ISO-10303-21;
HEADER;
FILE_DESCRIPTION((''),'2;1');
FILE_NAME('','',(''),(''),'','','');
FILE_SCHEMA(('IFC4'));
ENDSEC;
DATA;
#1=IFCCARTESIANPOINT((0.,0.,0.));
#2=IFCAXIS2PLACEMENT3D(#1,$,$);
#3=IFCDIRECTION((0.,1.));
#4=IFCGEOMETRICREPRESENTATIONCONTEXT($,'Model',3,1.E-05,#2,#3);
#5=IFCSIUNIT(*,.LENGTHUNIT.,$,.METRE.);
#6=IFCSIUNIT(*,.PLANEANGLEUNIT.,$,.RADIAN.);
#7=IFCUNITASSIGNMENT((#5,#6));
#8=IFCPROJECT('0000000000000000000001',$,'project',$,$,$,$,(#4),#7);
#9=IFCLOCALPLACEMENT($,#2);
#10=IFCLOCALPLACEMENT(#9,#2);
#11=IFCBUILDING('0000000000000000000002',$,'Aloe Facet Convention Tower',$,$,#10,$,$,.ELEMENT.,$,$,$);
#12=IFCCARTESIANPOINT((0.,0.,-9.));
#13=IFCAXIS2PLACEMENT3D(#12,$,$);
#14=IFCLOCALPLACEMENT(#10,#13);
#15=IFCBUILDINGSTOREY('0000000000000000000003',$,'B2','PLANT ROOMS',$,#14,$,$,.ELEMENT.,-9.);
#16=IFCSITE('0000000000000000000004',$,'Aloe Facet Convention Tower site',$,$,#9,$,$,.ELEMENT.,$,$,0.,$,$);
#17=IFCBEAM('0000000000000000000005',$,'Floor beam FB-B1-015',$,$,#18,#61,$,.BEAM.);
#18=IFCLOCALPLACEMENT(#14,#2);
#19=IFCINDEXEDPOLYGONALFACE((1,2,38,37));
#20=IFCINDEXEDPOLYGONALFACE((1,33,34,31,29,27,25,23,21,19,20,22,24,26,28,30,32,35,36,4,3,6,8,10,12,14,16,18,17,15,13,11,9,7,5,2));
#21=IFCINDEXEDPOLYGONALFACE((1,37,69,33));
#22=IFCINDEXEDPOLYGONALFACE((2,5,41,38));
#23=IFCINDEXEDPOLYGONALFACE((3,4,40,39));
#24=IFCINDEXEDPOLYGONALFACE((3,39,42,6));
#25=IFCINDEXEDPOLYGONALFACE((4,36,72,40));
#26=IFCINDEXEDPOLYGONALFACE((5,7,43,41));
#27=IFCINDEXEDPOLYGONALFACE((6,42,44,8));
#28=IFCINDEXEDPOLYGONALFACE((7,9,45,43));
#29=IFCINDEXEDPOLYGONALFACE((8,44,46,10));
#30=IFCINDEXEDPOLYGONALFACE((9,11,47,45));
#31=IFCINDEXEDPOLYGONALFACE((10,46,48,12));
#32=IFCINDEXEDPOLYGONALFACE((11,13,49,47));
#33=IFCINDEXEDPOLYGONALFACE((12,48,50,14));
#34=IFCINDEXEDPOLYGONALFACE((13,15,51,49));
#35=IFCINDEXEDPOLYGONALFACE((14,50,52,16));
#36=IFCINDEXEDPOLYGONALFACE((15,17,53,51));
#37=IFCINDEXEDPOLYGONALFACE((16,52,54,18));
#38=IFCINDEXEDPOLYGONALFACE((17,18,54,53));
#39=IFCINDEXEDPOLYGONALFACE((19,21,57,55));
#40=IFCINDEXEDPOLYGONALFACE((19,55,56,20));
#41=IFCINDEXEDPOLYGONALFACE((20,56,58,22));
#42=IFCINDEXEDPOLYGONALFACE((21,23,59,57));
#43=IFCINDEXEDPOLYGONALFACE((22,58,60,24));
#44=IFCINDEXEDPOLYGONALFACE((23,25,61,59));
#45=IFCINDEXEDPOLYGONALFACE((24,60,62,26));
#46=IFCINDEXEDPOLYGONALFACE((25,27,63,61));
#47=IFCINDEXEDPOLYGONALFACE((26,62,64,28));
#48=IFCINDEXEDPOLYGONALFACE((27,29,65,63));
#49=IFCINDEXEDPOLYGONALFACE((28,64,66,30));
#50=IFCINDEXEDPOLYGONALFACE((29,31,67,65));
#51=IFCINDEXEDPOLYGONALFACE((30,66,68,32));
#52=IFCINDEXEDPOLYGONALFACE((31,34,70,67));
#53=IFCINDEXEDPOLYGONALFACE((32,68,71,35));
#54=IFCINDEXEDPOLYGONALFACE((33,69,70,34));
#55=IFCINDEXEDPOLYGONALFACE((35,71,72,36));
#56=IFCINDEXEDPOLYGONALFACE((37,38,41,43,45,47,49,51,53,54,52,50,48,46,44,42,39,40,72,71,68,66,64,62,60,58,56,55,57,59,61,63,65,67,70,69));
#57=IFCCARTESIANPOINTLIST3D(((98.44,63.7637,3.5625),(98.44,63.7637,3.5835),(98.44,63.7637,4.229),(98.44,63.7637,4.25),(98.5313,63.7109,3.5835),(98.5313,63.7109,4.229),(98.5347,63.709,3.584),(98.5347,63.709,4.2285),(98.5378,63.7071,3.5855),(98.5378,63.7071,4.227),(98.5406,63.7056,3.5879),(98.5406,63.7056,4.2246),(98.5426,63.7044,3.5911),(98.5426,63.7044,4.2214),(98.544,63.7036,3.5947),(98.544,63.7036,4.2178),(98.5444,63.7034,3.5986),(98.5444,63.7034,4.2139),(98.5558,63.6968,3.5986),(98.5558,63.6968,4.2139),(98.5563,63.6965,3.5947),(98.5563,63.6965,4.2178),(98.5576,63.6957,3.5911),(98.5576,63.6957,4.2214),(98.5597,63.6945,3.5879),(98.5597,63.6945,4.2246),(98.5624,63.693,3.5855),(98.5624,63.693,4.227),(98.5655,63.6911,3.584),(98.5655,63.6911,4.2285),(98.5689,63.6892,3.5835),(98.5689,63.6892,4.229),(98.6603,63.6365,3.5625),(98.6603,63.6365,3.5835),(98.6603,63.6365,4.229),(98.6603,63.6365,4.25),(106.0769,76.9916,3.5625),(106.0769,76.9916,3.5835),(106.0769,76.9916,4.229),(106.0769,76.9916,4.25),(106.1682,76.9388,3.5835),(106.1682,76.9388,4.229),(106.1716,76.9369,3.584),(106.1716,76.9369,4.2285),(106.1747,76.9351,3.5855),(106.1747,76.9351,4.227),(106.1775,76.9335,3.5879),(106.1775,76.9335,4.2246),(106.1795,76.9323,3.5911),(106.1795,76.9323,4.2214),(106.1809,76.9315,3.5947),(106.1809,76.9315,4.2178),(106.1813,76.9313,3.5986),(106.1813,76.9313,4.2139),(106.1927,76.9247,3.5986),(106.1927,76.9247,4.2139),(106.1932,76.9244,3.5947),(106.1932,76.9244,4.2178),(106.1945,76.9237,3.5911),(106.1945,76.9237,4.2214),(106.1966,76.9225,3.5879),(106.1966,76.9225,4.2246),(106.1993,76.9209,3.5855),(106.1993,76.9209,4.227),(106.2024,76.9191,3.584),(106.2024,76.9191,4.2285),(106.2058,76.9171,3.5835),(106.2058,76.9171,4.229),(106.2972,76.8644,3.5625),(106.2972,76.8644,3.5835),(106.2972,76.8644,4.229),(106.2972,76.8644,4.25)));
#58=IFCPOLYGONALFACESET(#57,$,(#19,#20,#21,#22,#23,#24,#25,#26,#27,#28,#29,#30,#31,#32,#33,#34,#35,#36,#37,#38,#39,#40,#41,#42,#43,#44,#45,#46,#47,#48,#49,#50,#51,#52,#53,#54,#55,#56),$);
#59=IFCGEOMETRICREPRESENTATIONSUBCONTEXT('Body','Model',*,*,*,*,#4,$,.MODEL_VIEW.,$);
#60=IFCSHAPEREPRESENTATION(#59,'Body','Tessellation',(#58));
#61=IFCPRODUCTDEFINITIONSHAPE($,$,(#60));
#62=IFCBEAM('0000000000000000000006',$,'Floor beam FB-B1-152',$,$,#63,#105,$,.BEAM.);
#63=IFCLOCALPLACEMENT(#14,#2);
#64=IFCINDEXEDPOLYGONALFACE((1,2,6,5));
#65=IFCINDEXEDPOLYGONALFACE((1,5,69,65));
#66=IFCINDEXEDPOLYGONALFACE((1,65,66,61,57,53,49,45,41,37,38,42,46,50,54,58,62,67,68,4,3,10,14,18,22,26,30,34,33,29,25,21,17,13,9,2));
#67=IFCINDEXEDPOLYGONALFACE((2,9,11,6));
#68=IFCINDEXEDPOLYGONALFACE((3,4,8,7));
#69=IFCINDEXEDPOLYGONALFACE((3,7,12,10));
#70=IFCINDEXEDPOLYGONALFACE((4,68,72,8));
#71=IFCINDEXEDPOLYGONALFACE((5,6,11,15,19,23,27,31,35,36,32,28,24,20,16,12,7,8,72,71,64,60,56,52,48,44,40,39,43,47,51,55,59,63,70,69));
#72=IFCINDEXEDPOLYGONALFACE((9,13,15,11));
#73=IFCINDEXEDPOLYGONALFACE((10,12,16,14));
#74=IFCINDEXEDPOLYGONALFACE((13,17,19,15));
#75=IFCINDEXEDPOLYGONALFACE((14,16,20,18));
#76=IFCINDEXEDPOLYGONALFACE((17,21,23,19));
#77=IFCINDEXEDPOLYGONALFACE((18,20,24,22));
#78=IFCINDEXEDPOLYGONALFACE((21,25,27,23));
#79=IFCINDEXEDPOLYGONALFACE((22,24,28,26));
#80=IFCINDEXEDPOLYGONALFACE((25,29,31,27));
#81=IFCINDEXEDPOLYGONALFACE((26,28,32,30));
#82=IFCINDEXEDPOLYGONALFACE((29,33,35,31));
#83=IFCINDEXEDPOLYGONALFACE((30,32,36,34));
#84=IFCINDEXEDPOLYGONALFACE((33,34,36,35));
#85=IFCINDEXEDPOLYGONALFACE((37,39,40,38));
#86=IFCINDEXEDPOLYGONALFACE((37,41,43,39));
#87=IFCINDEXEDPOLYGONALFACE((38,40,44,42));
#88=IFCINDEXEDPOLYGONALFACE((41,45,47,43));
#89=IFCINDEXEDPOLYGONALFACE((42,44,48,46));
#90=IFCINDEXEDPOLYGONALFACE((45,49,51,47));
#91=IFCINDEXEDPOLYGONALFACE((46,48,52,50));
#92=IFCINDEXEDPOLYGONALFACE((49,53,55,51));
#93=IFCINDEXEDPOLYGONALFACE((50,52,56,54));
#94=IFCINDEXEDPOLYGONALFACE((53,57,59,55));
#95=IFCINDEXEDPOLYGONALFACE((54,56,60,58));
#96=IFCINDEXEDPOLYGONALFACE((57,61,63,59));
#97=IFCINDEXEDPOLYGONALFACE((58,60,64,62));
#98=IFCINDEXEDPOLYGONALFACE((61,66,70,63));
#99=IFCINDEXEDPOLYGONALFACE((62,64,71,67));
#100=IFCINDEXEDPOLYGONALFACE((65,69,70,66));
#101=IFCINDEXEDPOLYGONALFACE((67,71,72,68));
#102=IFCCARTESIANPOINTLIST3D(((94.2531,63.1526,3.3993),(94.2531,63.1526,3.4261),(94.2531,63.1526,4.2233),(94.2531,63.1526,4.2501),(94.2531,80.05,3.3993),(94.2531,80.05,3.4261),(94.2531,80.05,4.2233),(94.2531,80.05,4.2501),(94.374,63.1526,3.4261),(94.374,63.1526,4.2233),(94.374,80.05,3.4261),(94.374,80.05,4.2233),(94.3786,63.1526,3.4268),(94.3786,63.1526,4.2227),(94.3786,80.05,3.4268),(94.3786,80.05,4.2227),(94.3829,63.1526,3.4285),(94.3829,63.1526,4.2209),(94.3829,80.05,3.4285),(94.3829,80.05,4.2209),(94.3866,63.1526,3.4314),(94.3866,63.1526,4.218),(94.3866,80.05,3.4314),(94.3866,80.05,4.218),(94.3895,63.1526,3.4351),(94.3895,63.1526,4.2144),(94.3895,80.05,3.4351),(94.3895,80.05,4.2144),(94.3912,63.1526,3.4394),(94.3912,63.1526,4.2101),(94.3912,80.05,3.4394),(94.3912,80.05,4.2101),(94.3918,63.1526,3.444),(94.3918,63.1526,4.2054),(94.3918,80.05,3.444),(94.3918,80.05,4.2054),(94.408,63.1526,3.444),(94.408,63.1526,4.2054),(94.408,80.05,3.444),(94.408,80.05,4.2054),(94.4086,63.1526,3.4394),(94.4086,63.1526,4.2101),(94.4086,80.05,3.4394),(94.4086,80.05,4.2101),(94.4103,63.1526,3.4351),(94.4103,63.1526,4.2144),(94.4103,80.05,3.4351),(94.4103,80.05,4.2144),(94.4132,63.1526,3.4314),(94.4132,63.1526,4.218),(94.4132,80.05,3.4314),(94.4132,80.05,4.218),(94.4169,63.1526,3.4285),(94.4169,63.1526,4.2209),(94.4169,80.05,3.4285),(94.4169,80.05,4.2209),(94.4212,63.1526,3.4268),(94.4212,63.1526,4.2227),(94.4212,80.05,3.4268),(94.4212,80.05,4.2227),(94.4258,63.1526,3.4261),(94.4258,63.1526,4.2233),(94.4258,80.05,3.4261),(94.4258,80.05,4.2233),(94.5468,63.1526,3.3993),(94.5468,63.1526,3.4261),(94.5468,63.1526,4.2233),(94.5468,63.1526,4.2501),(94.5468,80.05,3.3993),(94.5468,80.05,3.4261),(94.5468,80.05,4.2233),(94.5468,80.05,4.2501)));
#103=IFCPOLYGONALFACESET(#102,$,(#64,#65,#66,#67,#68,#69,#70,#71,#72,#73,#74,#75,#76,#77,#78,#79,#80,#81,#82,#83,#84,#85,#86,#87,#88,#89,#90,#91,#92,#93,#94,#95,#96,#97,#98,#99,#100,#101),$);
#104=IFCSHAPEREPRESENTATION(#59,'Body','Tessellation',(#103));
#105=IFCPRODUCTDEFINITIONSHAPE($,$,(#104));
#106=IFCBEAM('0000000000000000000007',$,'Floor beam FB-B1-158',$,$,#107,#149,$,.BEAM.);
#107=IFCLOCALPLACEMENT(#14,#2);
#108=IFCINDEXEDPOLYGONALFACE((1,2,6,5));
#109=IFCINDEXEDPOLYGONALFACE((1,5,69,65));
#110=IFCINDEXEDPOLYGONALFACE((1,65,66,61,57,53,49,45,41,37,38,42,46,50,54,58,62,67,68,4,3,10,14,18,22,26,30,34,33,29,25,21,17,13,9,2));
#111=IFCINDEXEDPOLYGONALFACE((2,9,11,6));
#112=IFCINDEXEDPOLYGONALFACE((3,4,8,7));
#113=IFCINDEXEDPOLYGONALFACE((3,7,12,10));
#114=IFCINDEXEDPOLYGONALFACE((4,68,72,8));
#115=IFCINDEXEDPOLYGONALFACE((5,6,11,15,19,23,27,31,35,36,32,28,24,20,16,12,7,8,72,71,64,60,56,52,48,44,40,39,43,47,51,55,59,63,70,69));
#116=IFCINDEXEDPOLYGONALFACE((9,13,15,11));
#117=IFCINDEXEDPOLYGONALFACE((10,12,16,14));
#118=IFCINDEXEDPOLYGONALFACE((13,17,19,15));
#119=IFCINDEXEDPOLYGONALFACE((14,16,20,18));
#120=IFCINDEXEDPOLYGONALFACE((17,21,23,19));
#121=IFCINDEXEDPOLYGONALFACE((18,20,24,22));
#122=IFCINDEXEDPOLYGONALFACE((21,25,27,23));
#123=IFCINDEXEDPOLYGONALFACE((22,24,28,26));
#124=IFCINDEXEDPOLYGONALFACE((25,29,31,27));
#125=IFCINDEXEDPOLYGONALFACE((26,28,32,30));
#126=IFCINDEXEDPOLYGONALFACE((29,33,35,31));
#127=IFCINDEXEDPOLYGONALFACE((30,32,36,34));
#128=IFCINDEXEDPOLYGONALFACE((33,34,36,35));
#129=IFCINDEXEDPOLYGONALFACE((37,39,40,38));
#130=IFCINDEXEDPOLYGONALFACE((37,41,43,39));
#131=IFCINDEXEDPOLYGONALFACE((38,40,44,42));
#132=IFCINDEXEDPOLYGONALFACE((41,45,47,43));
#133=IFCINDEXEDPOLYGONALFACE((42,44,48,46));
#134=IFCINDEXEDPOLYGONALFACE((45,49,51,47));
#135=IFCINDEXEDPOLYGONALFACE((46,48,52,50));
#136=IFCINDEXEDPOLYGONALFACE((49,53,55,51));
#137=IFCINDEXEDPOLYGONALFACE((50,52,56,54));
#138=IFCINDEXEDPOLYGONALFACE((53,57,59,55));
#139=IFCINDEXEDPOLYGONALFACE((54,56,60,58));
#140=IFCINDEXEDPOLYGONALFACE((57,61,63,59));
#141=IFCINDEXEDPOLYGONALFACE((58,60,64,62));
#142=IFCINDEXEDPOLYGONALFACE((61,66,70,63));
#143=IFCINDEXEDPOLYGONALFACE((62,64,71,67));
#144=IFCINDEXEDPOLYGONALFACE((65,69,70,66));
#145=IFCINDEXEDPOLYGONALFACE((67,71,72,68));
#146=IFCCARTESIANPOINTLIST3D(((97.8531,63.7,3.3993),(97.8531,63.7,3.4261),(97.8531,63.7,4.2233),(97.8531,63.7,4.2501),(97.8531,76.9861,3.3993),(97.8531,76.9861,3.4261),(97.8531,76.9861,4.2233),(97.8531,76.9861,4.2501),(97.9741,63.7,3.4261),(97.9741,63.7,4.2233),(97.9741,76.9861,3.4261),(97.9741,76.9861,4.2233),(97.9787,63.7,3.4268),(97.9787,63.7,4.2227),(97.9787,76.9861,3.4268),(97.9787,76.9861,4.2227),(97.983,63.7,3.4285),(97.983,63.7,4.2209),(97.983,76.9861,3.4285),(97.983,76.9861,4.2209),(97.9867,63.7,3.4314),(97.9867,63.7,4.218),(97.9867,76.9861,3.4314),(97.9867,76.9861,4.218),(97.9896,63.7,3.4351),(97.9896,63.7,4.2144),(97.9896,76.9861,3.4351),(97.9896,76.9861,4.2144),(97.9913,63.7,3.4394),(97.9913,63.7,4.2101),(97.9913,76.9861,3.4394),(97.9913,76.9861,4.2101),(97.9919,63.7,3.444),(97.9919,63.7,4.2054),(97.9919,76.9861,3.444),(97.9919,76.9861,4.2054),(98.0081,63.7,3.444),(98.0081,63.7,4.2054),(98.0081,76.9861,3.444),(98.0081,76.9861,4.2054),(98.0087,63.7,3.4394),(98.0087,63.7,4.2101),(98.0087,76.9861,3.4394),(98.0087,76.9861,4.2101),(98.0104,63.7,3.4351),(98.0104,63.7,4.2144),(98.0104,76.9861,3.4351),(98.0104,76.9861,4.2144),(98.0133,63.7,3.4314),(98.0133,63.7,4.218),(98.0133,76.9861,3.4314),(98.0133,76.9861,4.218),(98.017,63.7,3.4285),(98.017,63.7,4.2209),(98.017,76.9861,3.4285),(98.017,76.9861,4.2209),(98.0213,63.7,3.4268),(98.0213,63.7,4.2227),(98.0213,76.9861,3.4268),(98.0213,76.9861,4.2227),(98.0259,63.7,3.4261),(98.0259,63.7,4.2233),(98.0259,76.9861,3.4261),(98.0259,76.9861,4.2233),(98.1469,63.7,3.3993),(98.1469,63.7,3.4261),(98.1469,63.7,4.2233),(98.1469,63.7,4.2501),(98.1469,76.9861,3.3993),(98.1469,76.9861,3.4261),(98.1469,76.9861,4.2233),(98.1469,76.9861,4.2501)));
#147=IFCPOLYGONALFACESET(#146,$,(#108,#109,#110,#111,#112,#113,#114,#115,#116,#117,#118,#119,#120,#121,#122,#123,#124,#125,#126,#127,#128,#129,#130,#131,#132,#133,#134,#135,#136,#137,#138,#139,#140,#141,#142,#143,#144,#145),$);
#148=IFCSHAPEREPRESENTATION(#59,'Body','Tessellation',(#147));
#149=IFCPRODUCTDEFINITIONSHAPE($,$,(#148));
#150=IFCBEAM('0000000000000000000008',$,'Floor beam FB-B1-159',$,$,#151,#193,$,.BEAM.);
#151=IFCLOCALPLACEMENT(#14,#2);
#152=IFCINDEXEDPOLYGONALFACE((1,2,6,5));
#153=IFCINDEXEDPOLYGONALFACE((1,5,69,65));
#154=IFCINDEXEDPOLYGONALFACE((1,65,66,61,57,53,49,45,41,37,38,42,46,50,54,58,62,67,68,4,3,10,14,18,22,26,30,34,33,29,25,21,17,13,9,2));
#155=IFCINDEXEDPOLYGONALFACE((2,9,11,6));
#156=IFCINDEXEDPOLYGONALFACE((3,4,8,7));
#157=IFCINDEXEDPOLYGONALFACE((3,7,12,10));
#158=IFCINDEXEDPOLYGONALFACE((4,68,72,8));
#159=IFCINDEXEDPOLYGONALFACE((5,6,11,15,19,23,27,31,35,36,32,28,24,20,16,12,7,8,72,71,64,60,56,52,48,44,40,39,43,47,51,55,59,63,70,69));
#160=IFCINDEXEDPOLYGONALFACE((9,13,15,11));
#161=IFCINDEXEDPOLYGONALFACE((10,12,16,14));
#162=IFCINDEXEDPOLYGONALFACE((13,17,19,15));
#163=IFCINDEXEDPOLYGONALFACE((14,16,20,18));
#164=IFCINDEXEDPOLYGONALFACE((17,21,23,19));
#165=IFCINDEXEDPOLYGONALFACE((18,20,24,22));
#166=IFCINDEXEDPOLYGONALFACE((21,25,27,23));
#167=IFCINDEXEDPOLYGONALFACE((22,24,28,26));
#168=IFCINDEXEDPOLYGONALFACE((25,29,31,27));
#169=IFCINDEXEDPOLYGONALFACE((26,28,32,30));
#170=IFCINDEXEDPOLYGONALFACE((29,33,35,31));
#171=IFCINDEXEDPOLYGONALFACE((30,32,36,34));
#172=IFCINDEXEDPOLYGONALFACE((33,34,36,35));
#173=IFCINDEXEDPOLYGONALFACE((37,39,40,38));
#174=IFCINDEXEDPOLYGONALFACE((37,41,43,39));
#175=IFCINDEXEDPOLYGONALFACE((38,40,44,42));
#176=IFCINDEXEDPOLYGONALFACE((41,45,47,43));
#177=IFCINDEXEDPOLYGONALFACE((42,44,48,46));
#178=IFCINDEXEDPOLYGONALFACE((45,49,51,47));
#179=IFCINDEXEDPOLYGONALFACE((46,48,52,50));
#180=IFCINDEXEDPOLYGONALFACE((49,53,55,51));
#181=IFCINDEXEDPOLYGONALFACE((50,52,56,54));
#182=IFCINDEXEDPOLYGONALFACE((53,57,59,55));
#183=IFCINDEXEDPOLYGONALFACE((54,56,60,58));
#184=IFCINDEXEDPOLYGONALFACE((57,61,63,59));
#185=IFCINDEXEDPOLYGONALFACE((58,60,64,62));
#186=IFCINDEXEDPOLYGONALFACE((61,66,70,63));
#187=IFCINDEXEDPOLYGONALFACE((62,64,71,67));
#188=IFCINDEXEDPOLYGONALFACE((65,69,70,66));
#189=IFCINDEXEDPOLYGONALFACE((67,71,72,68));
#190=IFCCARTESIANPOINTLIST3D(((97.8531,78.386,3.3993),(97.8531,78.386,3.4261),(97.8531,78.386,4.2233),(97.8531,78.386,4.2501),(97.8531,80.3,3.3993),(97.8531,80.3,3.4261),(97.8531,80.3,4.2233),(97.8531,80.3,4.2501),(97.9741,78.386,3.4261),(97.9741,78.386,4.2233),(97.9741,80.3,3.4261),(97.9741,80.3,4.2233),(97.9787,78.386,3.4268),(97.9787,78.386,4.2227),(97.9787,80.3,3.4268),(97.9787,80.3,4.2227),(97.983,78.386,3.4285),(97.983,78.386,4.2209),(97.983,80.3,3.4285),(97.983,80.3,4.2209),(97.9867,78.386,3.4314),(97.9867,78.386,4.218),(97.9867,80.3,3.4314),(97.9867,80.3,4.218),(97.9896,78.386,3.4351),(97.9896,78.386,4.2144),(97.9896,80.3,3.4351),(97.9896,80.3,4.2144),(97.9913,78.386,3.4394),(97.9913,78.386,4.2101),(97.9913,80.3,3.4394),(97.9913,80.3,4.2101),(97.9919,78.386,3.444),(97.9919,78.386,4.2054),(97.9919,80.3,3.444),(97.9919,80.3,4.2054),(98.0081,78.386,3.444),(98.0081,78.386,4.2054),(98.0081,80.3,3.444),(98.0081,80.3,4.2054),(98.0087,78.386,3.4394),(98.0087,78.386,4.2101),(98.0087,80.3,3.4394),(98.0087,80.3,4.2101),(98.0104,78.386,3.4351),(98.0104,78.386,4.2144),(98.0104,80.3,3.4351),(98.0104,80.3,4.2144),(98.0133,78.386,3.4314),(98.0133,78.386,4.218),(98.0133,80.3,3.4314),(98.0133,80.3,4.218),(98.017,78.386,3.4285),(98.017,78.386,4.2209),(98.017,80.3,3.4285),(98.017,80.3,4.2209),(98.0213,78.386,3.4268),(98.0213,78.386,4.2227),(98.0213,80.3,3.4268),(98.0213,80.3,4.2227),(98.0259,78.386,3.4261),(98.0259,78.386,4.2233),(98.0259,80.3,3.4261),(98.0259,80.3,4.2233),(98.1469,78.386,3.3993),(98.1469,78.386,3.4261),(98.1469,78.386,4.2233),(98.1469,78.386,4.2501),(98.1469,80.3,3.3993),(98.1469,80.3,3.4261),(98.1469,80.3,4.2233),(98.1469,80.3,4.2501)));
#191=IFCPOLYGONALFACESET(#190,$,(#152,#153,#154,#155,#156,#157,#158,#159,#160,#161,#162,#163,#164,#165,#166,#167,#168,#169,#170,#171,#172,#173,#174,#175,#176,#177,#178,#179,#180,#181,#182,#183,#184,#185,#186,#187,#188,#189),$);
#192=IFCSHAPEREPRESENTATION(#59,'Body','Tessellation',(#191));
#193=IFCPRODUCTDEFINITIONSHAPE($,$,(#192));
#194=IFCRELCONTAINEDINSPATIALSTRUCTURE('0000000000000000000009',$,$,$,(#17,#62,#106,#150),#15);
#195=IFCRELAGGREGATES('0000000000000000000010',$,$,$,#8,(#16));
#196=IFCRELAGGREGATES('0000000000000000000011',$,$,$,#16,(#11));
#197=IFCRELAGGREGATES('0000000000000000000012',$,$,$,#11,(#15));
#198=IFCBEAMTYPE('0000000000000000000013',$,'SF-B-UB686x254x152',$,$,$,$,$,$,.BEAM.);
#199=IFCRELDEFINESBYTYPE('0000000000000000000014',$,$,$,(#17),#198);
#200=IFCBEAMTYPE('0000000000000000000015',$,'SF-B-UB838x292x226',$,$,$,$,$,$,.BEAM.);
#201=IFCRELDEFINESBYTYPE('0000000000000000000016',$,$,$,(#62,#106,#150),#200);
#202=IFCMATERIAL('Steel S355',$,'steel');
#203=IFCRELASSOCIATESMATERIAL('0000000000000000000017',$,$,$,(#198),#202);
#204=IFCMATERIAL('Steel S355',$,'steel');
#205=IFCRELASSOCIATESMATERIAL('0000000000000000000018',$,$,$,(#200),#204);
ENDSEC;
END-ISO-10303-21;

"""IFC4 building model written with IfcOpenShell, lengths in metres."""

from ifc_helpers import new_model, si_unit, direction, frame, origin, origin_2d, place, context, subcontext, project, spatial, i_section, extrude, material, material_profile, profile_set, type_object, element, save


model = new_model("IFC4")

# Units and contexts
model_context = context("Model", 3, precision=1e-05, world=origin(), true_north=direction((0.0, 1.0)))
body_context = subcontext(model_context, "Body", "Model", "MODEL_VIEW")
ifc_project = project(units=[si_unit("LENGTHUNIT", "METRE"), si_unit("PLANEANGLEUNIT", "RADIAN")], contexts=[model_context])

# Site, building, storey
site_placement = place(None, origin())
site = spatial("IfcSite", under=ifc_project, at=site_placement, Name="Aloe Facet Convention Tower site", CompositionType="ELEMENT", RefElevation=0.0)
building_placement = place(site_placement, origin())
building = spatial("IfcBuilding", under=site, at=building_placement, Name="Aloe Facet Convention Tower", CompositionType="ELEMENT")
storey_placement = place(building_placement, frame((0.0, 0.0, -9.0)))
storey = spatial("IfcBuildingStorey", under=building, at=storey_placement, Name="B2", Description="PLANT ROOMS", CompositionType="ELEMENT", Elevation=-9.0)

# Beams
ifc_material_1 = material(Name="Steel S355", Category="steel")
ifc_material_profile_1 = material_profile(ifc_material_1, i_section(OverallWidth=0.2544, OverallDepth=0.6875, WebThickness=0.0132, FlangeThickness=0.021, FilletRadius=0.0151, at=origin_2d()), Name="UB 686x254x152")
ifc_profile_set_1 = profile_set([ifc_material_profile_1], Name="Steel S355")
beam_type_1 = type_object("IfcBeamType", Name="SF-B-UB686x254x152", PredefinedType="BEAM", material=ifc_profile_set_1)
beam_1_placement = place(storey_placement, frame((106.187, 76.928, 3.9062), z_axis=(-0.499988, -0.866032, 0.0), x_axis=(0.866032, -0.499988, 0.0)))
element("IfcBeam", 1, at=beam_1_placement, inside=storey, type_object=beam_type_1, Name="Floor beam FB-B1-015", PredefinedType="BEAM", context=body_context, shape_type="SweptSolid", body=[
    extrude(i_section(OverallWidth=0.2544, OverallDepth=0.6875, WebThickness=0.0132, FlangeThickness=0.021, FilletRadius=0.0151, at=origin_2d()), origin(), (0.0, 0.0, 1.0), 15.2742),
])
ifc_material_2 = material(Name="Steel S355", Category="steel")
ifc_material_profile_2 = material_profile(ifc_material_2, i_section(OverallWidth=0.2937, OverallDepth=0.8508, WebThickness=0.0161, FlangeThickness=0.0269, FilletRadius=0.0178, at=origin_2d()), Name="UB 838x292x226")
ifc_profile_set_2 = profile_set([ifc_material_profile_2], Name="Steel S355")
beam_type_2 = type_object("IfcBeamType", Name="SF-B-UB838x292x226", PredefinedType="BEAM", material=ifc_profile_set_2)
beam_2_placement = place(storey_placement, frame((94.3999, 63.1526, 3.8247), z_axis=(0.0, 1.0, 0.0), x_axis=(-1.0, 0.0, 0.0)))
element("IfcBeam", 2, at=beam_2_placement, inside=storey, type_object=beam_type_2, Name="Floor beam FB-B1-152", PredefinedType="BEAM", context=body_context, shape_type="SweptSolid", body=[
    extrude(i_section(OverallWidth=0.2937, OverallDepth=0.8508, WebThickness=0.0161, FlangeThickness=0.0269, FilletRadius=0.0178, at=origin_2d()), origin(), (0.0, 0.0, 1.0), 16.8975),
])
beam_3_placement = place(storey_placement, frame((98.0, 63.7, 3.8247), z_axis=(0.0, 1.0, 0.0), x_axis=(-1.0, 0.0, 0.0)))
element("IfcBeam", 3, at=beam_3_placement, inside=storey, type_object=beam_type_2, Name="Floor beam FB-B1-158", PredefinedType="BEAM", context=body_context, shape_type="SweptSolid", body=[
    extrude(i_section(OverallWidth=0.2937, OverallDepth=0.8508, WebThickness=0.0161, FlangeThickness=0.0269, FilletRadius=0.0178, at=origin_2d()), origin(), (0.0, 0.0, 1.0), 13.2861),
])
beam_4_placement = place(storey_placement, frame((98.0, 78.386, 3.8247), z_axis=(0.0, 1.0, 0.0), x_axis=(-1.0, 0.0, 0.0)))
element("IfcBeam", 4, at=beam_4_placement, inside=storey, type_object=beam_type_2, Name="Floor beam FB-B1-159", PredefinedType="BEAM", context=body_context, shape_type="SweptSolid", body=[
    extrude(i_section(OverallWidth=0.2937, OverallDepth=0.8508, WebThickness=0.0161, FlangeThickness=0.0269, FilletRadius=0.0178, at=origin_2d()), origin(), (0.0, 0.0, 1.0), 1.9141),
])

save(model, "model.ifc")
